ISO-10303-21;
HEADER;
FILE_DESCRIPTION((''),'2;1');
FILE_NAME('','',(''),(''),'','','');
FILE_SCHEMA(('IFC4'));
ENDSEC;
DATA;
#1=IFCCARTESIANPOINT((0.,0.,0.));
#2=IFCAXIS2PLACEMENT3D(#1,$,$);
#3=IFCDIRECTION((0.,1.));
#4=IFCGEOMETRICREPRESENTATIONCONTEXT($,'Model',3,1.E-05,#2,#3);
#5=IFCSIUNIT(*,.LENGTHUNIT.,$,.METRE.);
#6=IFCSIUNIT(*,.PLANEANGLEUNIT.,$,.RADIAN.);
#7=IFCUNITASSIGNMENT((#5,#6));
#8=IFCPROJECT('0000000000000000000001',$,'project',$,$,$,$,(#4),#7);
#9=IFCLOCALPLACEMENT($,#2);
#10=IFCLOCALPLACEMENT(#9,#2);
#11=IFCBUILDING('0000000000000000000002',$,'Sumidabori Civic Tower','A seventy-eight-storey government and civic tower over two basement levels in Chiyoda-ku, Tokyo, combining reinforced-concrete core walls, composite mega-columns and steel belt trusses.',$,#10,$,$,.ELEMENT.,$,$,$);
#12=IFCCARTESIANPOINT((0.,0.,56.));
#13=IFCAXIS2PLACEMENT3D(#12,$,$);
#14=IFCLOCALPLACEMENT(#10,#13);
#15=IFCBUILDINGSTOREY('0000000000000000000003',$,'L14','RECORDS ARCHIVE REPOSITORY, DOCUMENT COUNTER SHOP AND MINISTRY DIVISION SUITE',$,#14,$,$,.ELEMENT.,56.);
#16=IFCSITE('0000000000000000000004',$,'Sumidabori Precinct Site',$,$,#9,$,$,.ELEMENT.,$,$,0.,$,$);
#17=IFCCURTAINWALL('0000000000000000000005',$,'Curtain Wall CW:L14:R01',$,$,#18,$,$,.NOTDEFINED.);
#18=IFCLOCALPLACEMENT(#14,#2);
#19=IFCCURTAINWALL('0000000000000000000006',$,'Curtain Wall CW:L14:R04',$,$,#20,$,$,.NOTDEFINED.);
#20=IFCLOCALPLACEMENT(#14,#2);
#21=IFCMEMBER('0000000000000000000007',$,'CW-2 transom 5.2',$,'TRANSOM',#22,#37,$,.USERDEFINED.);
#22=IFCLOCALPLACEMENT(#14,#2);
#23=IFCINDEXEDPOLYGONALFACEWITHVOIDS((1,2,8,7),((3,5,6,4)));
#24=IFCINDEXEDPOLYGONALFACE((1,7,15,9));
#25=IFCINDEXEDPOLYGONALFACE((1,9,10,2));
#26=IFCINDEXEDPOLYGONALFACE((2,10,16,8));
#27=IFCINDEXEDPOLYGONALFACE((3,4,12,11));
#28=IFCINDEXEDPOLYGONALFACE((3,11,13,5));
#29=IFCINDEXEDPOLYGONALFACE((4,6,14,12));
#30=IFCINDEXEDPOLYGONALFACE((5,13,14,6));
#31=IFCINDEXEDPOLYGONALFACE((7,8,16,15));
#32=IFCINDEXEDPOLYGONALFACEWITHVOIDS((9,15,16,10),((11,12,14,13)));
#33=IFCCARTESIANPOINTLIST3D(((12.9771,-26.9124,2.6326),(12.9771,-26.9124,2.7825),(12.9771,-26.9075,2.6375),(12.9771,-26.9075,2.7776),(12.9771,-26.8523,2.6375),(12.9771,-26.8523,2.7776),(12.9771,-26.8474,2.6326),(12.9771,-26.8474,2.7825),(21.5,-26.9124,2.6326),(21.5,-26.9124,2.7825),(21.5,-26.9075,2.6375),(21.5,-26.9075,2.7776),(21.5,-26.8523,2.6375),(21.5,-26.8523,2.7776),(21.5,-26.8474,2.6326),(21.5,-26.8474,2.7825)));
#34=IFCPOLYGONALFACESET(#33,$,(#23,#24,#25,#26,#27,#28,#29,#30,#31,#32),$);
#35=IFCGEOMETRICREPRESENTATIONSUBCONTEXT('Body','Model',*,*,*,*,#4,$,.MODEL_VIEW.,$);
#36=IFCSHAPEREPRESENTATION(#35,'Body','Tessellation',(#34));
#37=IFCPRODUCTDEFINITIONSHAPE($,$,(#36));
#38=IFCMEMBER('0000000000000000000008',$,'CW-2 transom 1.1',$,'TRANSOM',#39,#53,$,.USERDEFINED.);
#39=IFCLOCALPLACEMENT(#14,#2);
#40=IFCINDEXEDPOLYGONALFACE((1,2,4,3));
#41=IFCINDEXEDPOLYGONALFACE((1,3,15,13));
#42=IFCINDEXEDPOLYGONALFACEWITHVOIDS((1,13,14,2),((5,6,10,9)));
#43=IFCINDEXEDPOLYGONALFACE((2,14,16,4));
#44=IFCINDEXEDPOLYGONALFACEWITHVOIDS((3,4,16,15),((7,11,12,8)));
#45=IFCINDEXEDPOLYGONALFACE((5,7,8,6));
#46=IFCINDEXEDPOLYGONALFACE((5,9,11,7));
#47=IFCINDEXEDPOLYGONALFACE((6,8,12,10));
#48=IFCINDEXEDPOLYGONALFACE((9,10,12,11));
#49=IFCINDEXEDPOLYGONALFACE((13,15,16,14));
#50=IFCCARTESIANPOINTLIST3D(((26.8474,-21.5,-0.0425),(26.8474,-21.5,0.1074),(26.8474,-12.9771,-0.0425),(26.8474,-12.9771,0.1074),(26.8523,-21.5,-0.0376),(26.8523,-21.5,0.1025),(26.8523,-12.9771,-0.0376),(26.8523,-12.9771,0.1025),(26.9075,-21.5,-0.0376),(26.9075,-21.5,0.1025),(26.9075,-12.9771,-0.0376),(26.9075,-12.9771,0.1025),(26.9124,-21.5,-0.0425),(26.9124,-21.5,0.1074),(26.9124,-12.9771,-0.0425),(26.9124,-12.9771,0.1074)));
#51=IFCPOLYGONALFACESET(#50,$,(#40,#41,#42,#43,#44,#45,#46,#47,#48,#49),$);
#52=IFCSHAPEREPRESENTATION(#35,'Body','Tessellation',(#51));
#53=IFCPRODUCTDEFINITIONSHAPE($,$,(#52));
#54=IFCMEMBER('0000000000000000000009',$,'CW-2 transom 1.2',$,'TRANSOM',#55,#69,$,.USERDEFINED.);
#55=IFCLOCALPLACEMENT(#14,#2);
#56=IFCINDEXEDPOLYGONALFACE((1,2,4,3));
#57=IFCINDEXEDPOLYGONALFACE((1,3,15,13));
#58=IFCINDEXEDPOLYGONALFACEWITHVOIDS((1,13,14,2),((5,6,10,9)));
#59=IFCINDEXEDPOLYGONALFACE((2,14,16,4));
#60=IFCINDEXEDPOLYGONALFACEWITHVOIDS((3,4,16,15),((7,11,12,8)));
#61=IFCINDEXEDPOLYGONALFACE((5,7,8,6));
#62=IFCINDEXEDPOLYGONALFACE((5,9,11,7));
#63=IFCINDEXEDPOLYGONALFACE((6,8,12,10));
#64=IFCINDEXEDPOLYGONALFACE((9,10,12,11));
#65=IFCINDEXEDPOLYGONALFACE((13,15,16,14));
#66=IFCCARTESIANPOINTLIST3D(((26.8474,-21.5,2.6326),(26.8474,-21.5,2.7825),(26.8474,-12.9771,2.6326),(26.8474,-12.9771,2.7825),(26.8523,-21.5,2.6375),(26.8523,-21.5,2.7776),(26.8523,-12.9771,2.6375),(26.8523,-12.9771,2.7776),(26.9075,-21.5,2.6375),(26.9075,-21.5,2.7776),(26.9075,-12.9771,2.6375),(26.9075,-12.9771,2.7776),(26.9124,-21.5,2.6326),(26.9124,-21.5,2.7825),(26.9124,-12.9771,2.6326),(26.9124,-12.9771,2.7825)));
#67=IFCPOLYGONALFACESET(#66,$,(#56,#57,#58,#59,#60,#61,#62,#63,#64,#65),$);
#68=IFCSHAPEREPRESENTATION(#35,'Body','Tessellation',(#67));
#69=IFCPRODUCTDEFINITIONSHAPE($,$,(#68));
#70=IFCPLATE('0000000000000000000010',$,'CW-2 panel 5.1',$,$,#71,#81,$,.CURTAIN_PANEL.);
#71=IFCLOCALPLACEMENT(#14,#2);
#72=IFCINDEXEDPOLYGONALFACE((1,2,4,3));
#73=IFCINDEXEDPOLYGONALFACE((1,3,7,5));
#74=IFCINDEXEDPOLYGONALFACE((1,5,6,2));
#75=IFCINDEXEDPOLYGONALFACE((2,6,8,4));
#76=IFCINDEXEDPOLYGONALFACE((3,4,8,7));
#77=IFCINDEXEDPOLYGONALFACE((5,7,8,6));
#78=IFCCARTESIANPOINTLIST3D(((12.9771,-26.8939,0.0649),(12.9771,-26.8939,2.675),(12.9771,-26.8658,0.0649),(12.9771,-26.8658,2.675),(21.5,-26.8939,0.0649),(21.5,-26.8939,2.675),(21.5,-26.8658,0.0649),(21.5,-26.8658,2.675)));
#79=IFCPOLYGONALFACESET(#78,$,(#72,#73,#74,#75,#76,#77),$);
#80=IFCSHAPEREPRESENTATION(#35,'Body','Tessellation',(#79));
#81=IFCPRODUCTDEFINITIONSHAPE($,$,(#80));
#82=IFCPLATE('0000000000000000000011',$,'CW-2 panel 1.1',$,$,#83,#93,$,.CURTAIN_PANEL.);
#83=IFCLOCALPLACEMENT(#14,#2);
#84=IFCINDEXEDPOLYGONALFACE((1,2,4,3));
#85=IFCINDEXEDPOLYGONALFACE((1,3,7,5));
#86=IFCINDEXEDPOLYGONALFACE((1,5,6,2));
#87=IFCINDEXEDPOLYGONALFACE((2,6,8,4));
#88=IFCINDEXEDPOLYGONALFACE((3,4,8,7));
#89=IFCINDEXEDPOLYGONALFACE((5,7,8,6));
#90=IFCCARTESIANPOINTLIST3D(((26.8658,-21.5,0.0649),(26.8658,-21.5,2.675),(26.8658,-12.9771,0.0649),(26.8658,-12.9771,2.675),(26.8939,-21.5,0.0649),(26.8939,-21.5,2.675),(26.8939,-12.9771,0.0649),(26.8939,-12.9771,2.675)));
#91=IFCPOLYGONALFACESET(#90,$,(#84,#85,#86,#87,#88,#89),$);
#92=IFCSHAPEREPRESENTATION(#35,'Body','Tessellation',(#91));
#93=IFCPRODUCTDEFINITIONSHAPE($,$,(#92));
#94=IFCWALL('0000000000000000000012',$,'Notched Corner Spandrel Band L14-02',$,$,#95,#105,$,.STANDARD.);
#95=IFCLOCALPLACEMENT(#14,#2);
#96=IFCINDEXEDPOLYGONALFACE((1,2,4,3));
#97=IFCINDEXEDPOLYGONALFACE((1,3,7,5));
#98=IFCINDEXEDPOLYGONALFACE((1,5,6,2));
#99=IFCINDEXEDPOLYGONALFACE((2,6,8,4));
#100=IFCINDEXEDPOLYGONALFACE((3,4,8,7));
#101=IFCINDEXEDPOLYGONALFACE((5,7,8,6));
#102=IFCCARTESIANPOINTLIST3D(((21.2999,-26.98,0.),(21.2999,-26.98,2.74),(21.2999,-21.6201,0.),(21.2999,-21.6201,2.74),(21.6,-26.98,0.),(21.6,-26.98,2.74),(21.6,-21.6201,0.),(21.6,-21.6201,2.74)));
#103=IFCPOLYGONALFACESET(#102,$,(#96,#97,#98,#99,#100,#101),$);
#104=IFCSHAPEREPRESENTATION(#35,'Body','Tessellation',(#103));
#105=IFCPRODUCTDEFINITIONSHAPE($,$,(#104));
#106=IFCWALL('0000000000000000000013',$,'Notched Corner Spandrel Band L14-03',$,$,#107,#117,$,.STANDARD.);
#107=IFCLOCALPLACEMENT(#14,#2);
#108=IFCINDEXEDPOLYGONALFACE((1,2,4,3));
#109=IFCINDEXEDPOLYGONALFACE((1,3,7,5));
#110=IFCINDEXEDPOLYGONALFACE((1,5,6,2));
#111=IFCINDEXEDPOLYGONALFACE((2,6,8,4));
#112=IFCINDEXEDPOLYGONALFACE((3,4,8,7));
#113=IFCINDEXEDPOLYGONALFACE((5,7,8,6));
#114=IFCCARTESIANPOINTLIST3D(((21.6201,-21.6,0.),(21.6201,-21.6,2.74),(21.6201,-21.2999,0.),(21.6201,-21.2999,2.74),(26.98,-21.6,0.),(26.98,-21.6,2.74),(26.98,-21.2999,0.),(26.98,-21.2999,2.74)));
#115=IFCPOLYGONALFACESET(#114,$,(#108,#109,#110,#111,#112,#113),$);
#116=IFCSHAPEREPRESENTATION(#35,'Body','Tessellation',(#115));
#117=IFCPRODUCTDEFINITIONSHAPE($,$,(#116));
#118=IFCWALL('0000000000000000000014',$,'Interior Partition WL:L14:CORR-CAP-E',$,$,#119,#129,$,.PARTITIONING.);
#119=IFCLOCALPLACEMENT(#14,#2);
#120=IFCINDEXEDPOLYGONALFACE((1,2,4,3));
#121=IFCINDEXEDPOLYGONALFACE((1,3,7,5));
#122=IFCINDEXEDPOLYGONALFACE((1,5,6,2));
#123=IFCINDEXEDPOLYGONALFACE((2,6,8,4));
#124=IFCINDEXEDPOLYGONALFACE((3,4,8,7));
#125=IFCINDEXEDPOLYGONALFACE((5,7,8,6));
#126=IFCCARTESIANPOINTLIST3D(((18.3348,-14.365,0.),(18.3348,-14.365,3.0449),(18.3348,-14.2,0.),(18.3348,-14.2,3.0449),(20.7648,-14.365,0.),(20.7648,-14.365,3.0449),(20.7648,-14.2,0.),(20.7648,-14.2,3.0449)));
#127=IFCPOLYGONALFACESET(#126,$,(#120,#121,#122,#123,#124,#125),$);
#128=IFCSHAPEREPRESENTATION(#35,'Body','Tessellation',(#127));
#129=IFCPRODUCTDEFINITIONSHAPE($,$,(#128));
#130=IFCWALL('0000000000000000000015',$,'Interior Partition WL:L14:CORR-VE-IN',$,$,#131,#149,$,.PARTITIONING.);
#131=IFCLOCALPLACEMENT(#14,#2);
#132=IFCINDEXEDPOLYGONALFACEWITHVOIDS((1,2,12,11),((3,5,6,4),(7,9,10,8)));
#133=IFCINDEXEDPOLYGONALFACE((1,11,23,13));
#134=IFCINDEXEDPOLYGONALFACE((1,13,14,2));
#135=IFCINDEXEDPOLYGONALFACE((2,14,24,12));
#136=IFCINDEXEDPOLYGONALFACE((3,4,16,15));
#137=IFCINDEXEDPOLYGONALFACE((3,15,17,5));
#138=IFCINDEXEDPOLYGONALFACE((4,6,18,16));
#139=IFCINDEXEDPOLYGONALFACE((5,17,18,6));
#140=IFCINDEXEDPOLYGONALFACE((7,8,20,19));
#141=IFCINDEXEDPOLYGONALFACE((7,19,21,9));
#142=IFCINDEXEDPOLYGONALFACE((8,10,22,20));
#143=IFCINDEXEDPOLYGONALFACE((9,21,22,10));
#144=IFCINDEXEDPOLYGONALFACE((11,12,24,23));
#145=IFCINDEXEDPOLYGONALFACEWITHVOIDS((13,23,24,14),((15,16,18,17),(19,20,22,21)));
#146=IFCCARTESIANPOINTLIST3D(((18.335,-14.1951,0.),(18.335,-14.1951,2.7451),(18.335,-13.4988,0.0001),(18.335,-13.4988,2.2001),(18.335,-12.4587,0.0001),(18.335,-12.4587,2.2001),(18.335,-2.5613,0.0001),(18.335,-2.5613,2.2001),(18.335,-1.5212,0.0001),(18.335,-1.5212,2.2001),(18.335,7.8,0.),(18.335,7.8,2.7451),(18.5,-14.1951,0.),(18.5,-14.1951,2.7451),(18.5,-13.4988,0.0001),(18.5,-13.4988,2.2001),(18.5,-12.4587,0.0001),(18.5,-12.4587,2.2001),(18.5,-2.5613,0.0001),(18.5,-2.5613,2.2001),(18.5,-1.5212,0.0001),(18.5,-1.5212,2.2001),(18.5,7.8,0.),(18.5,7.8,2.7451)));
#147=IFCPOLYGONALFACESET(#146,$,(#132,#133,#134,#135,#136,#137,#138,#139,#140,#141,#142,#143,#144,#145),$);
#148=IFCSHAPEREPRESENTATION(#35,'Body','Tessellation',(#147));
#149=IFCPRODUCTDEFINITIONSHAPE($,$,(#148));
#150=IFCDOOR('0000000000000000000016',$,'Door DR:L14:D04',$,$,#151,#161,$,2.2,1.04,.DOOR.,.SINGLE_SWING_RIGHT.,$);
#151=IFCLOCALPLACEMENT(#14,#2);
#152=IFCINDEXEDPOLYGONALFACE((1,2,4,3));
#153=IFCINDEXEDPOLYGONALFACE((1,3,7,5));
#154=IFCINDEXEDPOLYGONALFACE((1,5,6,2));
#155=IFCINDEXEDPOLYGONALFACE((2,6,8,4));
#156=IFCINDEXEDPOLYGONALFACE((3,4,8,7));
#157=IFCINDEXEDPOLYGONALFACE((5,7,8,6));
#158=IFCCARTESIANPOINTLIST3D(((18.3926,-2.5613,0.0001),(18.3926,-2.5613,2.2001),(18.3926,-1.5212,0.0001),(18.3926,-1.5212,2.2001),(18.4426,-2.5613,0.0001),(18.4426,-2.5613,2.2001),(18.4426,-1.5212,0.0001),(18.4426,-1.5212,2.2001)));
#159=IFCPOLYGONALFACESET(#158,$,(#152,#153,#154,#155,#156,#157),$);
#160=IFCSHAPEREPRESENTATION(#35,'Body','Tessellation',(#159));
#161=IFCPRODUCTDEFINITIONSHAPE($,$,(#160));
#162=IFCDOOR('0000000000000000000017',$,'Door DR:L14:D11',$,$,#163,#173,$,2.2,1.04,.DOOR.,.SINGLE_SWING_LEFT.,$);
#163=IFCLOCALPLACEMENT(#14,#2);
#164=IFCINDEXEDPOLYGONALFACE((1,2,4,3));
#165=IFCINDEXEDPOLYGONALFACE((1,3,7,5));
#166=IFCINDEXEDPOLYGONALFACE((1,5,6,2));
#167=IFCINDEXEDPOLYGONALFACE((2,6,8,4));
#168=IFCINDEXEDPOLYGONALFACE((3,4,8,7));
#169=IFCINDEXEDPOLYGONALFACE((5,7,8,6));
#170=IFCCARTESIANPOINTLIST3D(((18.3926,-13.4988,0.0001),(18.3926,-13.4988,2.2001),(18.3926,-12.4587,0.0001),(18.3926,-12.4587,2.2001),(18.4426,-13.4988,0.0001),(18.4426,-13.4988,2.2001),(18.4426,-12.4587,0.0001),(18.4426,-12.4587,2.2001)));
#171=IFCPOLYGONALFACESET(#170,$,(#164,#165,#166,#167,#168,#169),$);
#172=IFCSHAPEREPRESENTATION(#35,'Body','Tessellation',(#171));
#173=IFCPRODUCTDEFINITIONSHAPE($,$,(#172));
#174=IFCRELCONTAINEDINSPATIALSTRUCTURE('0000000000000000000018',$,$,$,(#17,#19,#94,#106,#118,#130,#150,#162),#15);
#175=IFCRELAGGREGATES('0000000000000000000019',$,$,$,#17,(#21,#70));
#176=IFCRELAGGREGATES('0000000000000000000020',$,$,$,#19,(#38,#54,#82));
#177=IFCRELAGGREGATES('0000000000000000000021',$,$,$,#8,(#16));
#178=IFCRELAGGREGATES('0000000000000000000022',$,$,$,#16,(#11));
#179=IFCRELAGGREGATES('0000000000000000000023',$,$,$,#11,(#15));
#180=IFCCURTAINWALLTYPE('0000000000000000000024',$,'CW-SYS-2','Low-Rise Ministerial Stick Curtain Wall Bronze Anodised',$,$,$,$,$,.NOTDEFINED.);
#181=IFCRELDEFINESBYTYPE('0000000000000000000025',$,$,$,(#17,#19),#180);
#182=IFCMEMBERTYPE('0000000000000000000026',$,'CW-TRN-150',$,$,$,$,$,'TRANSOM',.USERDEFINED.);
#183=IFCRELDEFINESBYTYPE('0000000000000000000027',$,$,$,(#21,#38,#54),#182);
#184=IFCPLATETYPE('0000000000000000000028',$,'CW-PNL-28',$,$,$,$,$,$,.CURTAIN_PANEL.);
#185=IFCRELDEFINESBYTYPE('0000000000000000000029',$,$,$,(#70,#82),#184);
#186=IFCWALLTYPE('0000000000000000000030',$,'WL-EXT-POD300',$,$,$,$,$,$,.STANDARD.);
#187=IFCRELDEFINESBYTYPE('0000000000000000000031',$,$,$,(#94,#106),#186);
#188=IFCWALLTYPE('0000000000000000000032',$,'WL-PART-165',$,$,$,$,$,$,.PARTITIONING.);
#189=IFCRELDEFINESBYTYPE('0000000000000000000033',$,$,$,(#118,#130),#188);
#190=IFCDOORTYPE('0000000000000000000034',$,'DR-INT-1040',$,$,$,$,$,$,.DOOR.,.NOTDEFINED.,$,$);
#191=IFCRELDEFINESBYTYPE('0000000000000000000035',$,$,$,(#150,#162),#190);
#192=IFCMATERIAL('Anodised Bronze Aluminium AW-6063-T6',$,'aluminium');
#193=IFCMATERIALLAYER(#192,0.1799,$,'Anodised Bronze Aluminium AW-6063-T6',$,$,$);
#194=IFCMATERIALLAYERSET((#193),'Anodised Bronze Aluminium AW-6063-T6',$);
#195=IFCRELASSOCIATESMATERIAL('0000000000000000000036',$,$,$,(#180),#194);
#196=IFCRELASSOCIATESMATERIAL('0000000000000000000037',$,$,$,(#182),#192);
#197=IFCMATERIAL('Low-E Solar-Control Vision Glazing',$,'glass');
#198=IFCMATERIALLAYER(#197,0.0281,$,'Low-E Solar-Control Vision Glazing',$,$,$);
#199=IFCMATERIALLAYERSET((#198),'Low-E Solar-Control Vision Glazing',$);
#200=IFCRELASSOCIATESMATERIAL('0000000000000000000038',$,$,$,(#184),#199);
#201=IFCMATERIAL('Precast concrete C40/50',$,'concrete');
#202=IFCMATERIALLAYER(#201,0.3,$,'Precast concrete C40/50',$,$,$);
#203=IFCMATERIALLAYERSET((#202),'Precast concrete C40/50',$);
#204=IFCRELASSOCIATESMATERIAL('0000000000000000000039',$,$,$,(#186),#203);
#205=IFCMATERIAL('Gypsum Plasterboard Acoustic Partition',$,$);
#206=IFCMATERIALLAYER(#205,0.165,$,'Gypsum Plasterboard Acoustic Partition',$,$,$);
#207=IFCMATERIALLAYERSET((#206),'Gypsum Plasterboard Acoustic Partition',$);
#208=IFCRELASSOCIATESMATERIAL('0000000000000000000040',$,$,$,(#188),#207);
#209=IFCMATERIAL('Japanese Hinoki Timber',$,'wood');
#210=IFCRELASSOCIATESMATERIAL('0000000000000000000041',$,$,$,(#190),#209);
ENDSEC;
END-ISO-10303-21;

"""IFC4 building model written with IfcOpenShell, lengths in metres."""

from ifc_helpers import new_model, si_unit, direction, frame, frame_2d, origin, origin_2d, place, context, subcontext, project, spatial, rectangle, hollow_rectangle, extrude, source, transform, mapped, material, layer, layer_set, material_profile, profile_set, type_object, element, fill, aggregate, save


model = new_model("IFC4")

# Units and contexts
model_context = context("Model", 3, precision=1e-05, world=origin(), true_north=direction((0.0, 1.0)))
body_context = subcontext(model_context, "Body", "Model", "MODEL_VIEW")
ifc_project = project(units=[si_unit("LENGTHUNIT", "METRE"), si_unit("PLANEANGLEUNIT", "RADIAN")], contexts=[model_context])

# Site, building, storey
site_placement = place(None, origin())
site = spatial("IfcSite", under=ifc_project, at=site_placement, Name="Sumidabori Precinct Site", CompositionType="ELEMENT", RefElevation=0.0)
building_placement = place(site_placement, origin())
building = spatial("IfcBuilding", under=site, at=building_placement, Name="Sumidabori Civic Tower", Description="A seventy-eight-storey government and civic tower over two basement levels in Chiyoda-ku, Tokyo, combining reinforced-concrete core walls, composite mega-columns and steel belt trusses.", CompositionType="ELEMENT")
storey_placement = place(building_placement, frame((0.0, 0.0, 56.0)))
storey = spatial("IfcBuildingStorey", under=building, at=storey_placement, Name="L14", Description="RECORDS ARCHIVE REPOSITORY, DOCUMENT COUNTER SHOP AND MINISTRY DIVISION SUITE", CompositionType="ELEMENT", Elevation=56.0)

# Curtain walls
ifc_material_1 = material(Name="Anodised Bronze Aluminium AW-6063-T6", Category="aluminium")
ifc_layer_1 = layer(ifc_material_1, 0.1799, Name="Anodised Bronze Aluminium AW-6063-T6")
ifc_layer_set_1 = layer_set([ifc_layer_1], Name="Anodised Bronze Aluminium AW-6063-T6")
curtain_wall_type = type_object("IfcCurtainWallType", Name="CW-SYS-2", Description="Low-Rise Ministerial Stick Curtain Wall Bronze Anodised", PredefinedType="NOTDEFINED", material=ifc_layer_set_1)
curtain_wall_1_placement = place(storey_placement, origin())
curtain_wall_1 = element("IfcCurtainWall", 1, at=curtain_wall_1_placement, inside=storey, type_object=curtain_wall_type, Name="Curtain Wall CW:L14:R01", PredefinedType="NOTDEFINED")
curtain_wall_2_placement = place(storey_placement, origin())
curtain_wall_2 = element("IfcCurtainWall", 2, at=curtain_wall_2_placement, inside=storey, type_object=curtain_wall_type, Name="Curtain Wall CW:L14:R04", PredefinedType="NOTDEFINED")

# Members
ifc_material_profile_1 = material_profile(ifc_material_1, hollow_rectangle(XDim=0.0649, YDim=0.1499, WallThickness=0.0049, at=origin_2d()), Name="ALU TRANSOM 150x65")
ifc_profile_set_1 = profile_set([ifc_material_profile_1], Name="Anodised Bronze Aluminium AW-6063-T6")
member_type_1 = type_object("IfcMemberType", Name="CW-TRN-150", ElementType="TRANSOM", PredefinedType="USERDEFINED", material=ifc_profile_set_1)
shared_shape_1 = source(origin(), body_context, "Body", "SweptSolid", [
    extrude(hollow_rectangle(XDim=0.0649, YDim=0.1499, WallThickness=0.0049, at=origin_2d()), origin(), (0.0, 0.0, 1.0), 8.5229),
])
member_1_placement = place(storey_placement, frame((12.9771, -26.8799, 2.7075), z_axis=(1.0, 0.0, 0.0), x_axis=(0.0, 1.0, 0.0)))
member_1 = element("IfcMember", 3, at=member_1_placement, type_object=member_type_1, Name="CW-2 transom 5.2", ObjectType="TRANSOM", PredefinedType="USERDEFINED", context=body_context, shape_type="MappedRepresentation", body=[
    mapped(shared_shape_1, transform((0.0, 0.0, 0.0), x_axis=(1.0, 0.0, 0.0), y_axis=(0.0, 1.0, 0.0), z_axis=(0.0, 0.0, 1.0), scale=1.0)),
])
member_2_placement = place(storey_placement, frame((26.8799, -21.5, 0.0325), z_axis=(0.0, 1.0, 0.0), x_axis=(-1.0, 0.0, 0.0)))
member_2 = element("IfcMember", 4, at=member_2_placement, type_object=member_type_1, Name="CW-2 transom 1.1", ObjectType="TRANSOM", PredefinedType="USERDEFINED", context=body_context, shape_type="MappedRepresentation", body=[
    mapped(shared_shape_1, transform((0.0, 0.0, 0.0), x_axis=(1.0, 0.0, 0.0), y_axis=(0.0, 1.0, 0.0), z_axis=(0.0, 0.0, 1.0), scale=1.0)),
])
member_3_placement = place(storey_placement, frame((26.8799, -21.5, 2.7075), z_axis=(0.0, 1.0, 0.0), x_axis=(-1.0, 0.0, 0.0)))
member_3 = element("IfcMember", 5, at=member_3_placement, type_object=member_type_1, Name="CW-2 transom 1.2", ObjectType="TRANSOM", PredefinedType="USERDEFINED", context=body_context, shape_type="MappedRepresentation", body=[
    mapped(shared_shape_1, transform((0.0, 0.0, 0.0), x_axis=(1.0, 0.0, 0.0), y_axis=(0.0, 1.0, 0.0), z_axis=(0.0, 0.0, 1.0), scale=1.0)),
])

# Plates
ifc_material_2 = material(Name="Low-E Solar-Control Vision Glazing", Category="glass")
ifc_layer_2 = layer(ifc_material_2, 0.0281, Name="Low-E Solar-Control Vision Glazing")
ifc_layer_set_2 = layer_set([ifc_layer_2], Name="Low-E Solar-Control Vision Glazing")
plate_type = type_object("IfcPlateType", Name="CW-PNL-28", PredefinedType="CURTAIN_PANEL", material=ifc_layer_set_2)
shared_shape_2 = source(origin(), body_context, "Body", "SweptSolid", [
    extrude(rectangle(XDim=8.5229, YDim=0.0281, at=origin_2d()), origin(), (0.0, 0.0, 1.0), 2.6101),
])
plate_1_placement = place(storey_placement, frame((17.2385, -26.8799, 0.0649), z_axis=(0.0, 0.0, 1.0), x_axis=(1.0, 0.0, 0.0)))
plate_1 = element("IfcPlate", 6, at=plate_1_placement, type_object=plate_type, Name="CW-2 panel 5.1", PredefinedType="CURTAIN_PANEL", context=body_context, shape_type="MappedRepresentation", body=[
    mapped(shared_shape_2, transform((0.0, 0.0, 0.0), x_axis=(1.0, 0.0, 0.0), y_axis=(0.0, 1.0, 0.0), z_axis=(0.0, 0.0, 1.0), scale=1.0)),
])
aggregate(curtain_wall_1, [member_1, plate_1])
plate_2_placement = place(storey_placement, frame((26.8799, -17.2385, 0.0649), z_axis=(0.0, 0.0, 1.0), x_axis=(0.0, 1.0, 0.0)))
plate_2 = element("IfcPlate", 7, at=plate_2_placement, type_object=plate_type, Name="CW-2 panel 1.1", PredefinedType="CURTAIN_PANEL", context=body_context, shape_type="MappedRepresentation", body=[
    mapped(shared_shape_2, transform((0.0, 0.0, 0.0), x_axis=(1.0, 0.0, 0.0), y_axis=(0.0, 1.0, 0.0), z_axis=(0.0, 0.0, 1.0), scale=1.0)),
])
aggregate(curtain_wall_2, [member_2, member_3, plate_2])

# Walls
ifc_material_3 = material(Name="Precast concrete C40/50", Category="concrete")
ifc_layer_3 = layer(ifc_material_3, 0.3, Name="Precast concrete C40/50")
ifc_layer_set_3 = layer_set([ifc_layer_3], Name="Precast concrete C40/50")
wall_type_1 = type_object("IfcWallType", Name="WL-EXT-POD300", PredefinedType="STANDARD", material=ifc_layer_set_3)
shared_shape_3 = source(origin(), body_context, "Body", "SweptSolid", [
    extrude(rectangle(XDim=5.3599, YDim=0.3, at=frame_2d((2.6799, 0.0))), origin(), (0.0, 0.0, 1.0), 2.74),
])
for number, where, z_axis, x_axis, name in (
    (8, (21.45, -26.98, 0.0), (0.0, 0.0, 1.0), (0.0, 1.0, 0.0), "Notched Corner Spandrel Band L14-02"),
    (9, (21.6201, -21.45, 0.0), (0.0, 0.0, 1.0), (1.0, 0.0, 0.0), "Notched Corner Spandrel Band L14-03"),
):
    element("IfcWall", number, at=place(storey_placement, frame(where, z_axis=z_axis, x_axis=x_axis)), inside=storey, type_object=wall_type_1, Name=name, PredefinedType="STANDARD", context=body_context, shape_type="MappedRepresentation", body=[
        mapped(shared_shape_3, transform((0.0, 0.0, 0.0), x_axis=(1.0, 0.0, 0.0), y_axis=(0.0, 1.0, 0.0), z_axis=(0.0, 0.0, 1.0), scale=1.0)),
    ])
ifc_material_4 = material(Name="Gypsum Plasterboard Acoustic Partition")
ifc_layer_4 = layer(ifc_material_4, 0.165, Name="Gypsum Plasterboard Acoustic Partition")
ifc_layer_set_4 = layer_set([ifc_layer_4], Name="Gypsum Plasterboard Acoustic Partition")
wall_type_2 = type_object("IfcWallType", Name="WL-PART-165", PredefinedType="PARTITIONING", material=ifc_layer_set_4)
shared_shape_4 = source(origin(), body_context, "Body", "SweptSolid", [
    extrude(rectangle(XDim=2.4299, YDim=0.165, at=frame_2d((1.2148, 0.0))), origin(), (0.0, 0.0, 1.0), 3.0449),
])
wall_1_placement = place(storey_placement, frame((18.335, -14.2825, 0.0), z_axis=(0.0, 0.0, 1.0), x_axis=(1.0, 0.0, 0.0)))
element("IfcWall", 10, at=wall_1_placement, inside=storey, type_object=wall_type_2, Name="Interior Partition WL:L14:CORR-CAP-E", PredefinedType="PARTITIONING", context=body_context, shape_type="MappedRepresentation", body=[
    mapped(shared_shape_4, transform((0.0, 0.0, 0.0), x_axis=(1.0, 0.0, 0.0), y_axis=(0.0, 1.0, 0.0), z_axis=(0.0, 0.0, 1.0), scale=1.0)),
])

# Wall, openings, doors
shared_shape_5 = source(origin(), body_context, "Body", "SweptSolid", [
    extrude(rectangle(XDim=21.9951, YDim=0.165, at=frame_2d((10.9976, 0.0))), origin(), (0.0, 0.0, 1.0), 2.7451),
])
wall_2_placement = place(storey_placement, frame((18.4175, -14.1951, 0.0), z_axis=(0.0, 0.0, 1.0), x_axis=(0.0, 1.0, 0.0)))
wall_2 = element("IfcWall", 11, at=wall_2_placement, inside=storey, type_object=wall_type_2, Name="Interior Partition WL:L14:CORR-VE-IN", PredefinedType="PARTITIONING", context=body_context, shape_type="MappedRepresentation", body=[
    mapped(shared_shape_5, transform((0.0, 0.0, 0.0), x_axis=(1.0, 0.0, 0.0), y_axis=(0.0, 1.0, 0.0), z_axis=(0.0, 0.0, 1.0), scale=1.0)),
])
opening_1_placement = place(wall_2_placement, frame((11.6338, 0.0, 0.0)))
opening_1 = element("IfcOpeningElement", 12, at=opening_1_placement, cuts=wall_2, PredefinedType="OPENING", context=body_context, shape_type="SweptSolid", body=[
    extrude(rectangle(XDim=1.04, YDim=2.2, at=frame_2d((0.52, 1.1001))), frame((0.0, 0.0945, 0.0), z_axis=(0.0, -1.0, 0.0), x_axis=(1.0, 0.0, 0.0)), (0.0, 0.0, 1.0), 0.189),
])
opening_2_placement = place(wall_2_placement, frame((0.6963, 0.0, 0.0)))
opening_2 = element("IfcOpeningElement", 13, at=opening_2_placement, cuts=wall_2, PredefinedType="OPENING", context=body_context, shape_type="SweptSolid", body=[
    extrude(rectangle(XDim=1.04, YDim=2.2, at=frame_2d((0.52, 1.1001))), frame((0.0, 0.0945, 0.0), z_axis=(0.0, -1.0, 0.0), x_axis=(1.0, 0.0, 0.0)), (0.0, 0.0, 1.0), 0.189),
])
ifc_material_5 = material(Name="Japanese Hinoki Timber", Category="wood")
door_type = type_object("IfcDoorType", Name="DR-INT-1040", OperationType="NOTDEFINED", PredefinedType="DOOR", material=ifc_material_5)
shared_shape_6 = source(origin(), body_context, "Body", "SweptSolid", [
    extrude(rectangle(XDim=1.04, YDim=2.2, at=frame_2d((0.52, 1.1001))), frame((0.0, 0.0249, 0.0), z_axis=(0.0, -1.0, 0.0), x_axis=(1.0, 0.0, 0.0)), (0.0, 0.0, 1.0), 0.05),
])
door_1_placement = place(opening_1_placement, origin())
door_1 = element("IfcDoor", 14, at=door_1_placement, inside=storey, type_object=door_type, Name="Door DR:L14:D04", OperationType="SINGLE_SWING_RIGHT", OverallHeight=2.2, OverallWidth=1.04, PredefinedType="DOOR", context=body_context, shape_type="MappedRepresentation", body=[
    mapped(shared_shape_6, transform((0.0, 0.0, 0.0), x_axis=(1.0, 0.0, 0.0), y_axis=(0.0, 1.0, 0.0), z_axis=(0.0, 0.0, 1.0), scale=1.0)),
])
fill(opening_1, door_1)
door_2_placement = place(opening_2_placement, origin())
door_2 = element("IfcDoor", 15, at=door_2_placement, inside=storey, type_object=door_type, Name="Door DR:L14:D11", OperationType="SINGLE_SWING_LEFT", OverallHeight=2.2, OverallWidth=1.04, PredefinedType="DOOR", context=body_context, shape_type="MappedRepresentation", body=[
    mapped(shared_shape_6, transform((0.0, 0.0, 0.0), x_axis=(1.0, 0.0, 0.0), y_axis=(0.0, 1.0, 0.0), z_axis=(0.0, 0.0, 1.0), scale=1.0)),
])
fill(opening_2, door_2)

save(model, "model.ifc")
